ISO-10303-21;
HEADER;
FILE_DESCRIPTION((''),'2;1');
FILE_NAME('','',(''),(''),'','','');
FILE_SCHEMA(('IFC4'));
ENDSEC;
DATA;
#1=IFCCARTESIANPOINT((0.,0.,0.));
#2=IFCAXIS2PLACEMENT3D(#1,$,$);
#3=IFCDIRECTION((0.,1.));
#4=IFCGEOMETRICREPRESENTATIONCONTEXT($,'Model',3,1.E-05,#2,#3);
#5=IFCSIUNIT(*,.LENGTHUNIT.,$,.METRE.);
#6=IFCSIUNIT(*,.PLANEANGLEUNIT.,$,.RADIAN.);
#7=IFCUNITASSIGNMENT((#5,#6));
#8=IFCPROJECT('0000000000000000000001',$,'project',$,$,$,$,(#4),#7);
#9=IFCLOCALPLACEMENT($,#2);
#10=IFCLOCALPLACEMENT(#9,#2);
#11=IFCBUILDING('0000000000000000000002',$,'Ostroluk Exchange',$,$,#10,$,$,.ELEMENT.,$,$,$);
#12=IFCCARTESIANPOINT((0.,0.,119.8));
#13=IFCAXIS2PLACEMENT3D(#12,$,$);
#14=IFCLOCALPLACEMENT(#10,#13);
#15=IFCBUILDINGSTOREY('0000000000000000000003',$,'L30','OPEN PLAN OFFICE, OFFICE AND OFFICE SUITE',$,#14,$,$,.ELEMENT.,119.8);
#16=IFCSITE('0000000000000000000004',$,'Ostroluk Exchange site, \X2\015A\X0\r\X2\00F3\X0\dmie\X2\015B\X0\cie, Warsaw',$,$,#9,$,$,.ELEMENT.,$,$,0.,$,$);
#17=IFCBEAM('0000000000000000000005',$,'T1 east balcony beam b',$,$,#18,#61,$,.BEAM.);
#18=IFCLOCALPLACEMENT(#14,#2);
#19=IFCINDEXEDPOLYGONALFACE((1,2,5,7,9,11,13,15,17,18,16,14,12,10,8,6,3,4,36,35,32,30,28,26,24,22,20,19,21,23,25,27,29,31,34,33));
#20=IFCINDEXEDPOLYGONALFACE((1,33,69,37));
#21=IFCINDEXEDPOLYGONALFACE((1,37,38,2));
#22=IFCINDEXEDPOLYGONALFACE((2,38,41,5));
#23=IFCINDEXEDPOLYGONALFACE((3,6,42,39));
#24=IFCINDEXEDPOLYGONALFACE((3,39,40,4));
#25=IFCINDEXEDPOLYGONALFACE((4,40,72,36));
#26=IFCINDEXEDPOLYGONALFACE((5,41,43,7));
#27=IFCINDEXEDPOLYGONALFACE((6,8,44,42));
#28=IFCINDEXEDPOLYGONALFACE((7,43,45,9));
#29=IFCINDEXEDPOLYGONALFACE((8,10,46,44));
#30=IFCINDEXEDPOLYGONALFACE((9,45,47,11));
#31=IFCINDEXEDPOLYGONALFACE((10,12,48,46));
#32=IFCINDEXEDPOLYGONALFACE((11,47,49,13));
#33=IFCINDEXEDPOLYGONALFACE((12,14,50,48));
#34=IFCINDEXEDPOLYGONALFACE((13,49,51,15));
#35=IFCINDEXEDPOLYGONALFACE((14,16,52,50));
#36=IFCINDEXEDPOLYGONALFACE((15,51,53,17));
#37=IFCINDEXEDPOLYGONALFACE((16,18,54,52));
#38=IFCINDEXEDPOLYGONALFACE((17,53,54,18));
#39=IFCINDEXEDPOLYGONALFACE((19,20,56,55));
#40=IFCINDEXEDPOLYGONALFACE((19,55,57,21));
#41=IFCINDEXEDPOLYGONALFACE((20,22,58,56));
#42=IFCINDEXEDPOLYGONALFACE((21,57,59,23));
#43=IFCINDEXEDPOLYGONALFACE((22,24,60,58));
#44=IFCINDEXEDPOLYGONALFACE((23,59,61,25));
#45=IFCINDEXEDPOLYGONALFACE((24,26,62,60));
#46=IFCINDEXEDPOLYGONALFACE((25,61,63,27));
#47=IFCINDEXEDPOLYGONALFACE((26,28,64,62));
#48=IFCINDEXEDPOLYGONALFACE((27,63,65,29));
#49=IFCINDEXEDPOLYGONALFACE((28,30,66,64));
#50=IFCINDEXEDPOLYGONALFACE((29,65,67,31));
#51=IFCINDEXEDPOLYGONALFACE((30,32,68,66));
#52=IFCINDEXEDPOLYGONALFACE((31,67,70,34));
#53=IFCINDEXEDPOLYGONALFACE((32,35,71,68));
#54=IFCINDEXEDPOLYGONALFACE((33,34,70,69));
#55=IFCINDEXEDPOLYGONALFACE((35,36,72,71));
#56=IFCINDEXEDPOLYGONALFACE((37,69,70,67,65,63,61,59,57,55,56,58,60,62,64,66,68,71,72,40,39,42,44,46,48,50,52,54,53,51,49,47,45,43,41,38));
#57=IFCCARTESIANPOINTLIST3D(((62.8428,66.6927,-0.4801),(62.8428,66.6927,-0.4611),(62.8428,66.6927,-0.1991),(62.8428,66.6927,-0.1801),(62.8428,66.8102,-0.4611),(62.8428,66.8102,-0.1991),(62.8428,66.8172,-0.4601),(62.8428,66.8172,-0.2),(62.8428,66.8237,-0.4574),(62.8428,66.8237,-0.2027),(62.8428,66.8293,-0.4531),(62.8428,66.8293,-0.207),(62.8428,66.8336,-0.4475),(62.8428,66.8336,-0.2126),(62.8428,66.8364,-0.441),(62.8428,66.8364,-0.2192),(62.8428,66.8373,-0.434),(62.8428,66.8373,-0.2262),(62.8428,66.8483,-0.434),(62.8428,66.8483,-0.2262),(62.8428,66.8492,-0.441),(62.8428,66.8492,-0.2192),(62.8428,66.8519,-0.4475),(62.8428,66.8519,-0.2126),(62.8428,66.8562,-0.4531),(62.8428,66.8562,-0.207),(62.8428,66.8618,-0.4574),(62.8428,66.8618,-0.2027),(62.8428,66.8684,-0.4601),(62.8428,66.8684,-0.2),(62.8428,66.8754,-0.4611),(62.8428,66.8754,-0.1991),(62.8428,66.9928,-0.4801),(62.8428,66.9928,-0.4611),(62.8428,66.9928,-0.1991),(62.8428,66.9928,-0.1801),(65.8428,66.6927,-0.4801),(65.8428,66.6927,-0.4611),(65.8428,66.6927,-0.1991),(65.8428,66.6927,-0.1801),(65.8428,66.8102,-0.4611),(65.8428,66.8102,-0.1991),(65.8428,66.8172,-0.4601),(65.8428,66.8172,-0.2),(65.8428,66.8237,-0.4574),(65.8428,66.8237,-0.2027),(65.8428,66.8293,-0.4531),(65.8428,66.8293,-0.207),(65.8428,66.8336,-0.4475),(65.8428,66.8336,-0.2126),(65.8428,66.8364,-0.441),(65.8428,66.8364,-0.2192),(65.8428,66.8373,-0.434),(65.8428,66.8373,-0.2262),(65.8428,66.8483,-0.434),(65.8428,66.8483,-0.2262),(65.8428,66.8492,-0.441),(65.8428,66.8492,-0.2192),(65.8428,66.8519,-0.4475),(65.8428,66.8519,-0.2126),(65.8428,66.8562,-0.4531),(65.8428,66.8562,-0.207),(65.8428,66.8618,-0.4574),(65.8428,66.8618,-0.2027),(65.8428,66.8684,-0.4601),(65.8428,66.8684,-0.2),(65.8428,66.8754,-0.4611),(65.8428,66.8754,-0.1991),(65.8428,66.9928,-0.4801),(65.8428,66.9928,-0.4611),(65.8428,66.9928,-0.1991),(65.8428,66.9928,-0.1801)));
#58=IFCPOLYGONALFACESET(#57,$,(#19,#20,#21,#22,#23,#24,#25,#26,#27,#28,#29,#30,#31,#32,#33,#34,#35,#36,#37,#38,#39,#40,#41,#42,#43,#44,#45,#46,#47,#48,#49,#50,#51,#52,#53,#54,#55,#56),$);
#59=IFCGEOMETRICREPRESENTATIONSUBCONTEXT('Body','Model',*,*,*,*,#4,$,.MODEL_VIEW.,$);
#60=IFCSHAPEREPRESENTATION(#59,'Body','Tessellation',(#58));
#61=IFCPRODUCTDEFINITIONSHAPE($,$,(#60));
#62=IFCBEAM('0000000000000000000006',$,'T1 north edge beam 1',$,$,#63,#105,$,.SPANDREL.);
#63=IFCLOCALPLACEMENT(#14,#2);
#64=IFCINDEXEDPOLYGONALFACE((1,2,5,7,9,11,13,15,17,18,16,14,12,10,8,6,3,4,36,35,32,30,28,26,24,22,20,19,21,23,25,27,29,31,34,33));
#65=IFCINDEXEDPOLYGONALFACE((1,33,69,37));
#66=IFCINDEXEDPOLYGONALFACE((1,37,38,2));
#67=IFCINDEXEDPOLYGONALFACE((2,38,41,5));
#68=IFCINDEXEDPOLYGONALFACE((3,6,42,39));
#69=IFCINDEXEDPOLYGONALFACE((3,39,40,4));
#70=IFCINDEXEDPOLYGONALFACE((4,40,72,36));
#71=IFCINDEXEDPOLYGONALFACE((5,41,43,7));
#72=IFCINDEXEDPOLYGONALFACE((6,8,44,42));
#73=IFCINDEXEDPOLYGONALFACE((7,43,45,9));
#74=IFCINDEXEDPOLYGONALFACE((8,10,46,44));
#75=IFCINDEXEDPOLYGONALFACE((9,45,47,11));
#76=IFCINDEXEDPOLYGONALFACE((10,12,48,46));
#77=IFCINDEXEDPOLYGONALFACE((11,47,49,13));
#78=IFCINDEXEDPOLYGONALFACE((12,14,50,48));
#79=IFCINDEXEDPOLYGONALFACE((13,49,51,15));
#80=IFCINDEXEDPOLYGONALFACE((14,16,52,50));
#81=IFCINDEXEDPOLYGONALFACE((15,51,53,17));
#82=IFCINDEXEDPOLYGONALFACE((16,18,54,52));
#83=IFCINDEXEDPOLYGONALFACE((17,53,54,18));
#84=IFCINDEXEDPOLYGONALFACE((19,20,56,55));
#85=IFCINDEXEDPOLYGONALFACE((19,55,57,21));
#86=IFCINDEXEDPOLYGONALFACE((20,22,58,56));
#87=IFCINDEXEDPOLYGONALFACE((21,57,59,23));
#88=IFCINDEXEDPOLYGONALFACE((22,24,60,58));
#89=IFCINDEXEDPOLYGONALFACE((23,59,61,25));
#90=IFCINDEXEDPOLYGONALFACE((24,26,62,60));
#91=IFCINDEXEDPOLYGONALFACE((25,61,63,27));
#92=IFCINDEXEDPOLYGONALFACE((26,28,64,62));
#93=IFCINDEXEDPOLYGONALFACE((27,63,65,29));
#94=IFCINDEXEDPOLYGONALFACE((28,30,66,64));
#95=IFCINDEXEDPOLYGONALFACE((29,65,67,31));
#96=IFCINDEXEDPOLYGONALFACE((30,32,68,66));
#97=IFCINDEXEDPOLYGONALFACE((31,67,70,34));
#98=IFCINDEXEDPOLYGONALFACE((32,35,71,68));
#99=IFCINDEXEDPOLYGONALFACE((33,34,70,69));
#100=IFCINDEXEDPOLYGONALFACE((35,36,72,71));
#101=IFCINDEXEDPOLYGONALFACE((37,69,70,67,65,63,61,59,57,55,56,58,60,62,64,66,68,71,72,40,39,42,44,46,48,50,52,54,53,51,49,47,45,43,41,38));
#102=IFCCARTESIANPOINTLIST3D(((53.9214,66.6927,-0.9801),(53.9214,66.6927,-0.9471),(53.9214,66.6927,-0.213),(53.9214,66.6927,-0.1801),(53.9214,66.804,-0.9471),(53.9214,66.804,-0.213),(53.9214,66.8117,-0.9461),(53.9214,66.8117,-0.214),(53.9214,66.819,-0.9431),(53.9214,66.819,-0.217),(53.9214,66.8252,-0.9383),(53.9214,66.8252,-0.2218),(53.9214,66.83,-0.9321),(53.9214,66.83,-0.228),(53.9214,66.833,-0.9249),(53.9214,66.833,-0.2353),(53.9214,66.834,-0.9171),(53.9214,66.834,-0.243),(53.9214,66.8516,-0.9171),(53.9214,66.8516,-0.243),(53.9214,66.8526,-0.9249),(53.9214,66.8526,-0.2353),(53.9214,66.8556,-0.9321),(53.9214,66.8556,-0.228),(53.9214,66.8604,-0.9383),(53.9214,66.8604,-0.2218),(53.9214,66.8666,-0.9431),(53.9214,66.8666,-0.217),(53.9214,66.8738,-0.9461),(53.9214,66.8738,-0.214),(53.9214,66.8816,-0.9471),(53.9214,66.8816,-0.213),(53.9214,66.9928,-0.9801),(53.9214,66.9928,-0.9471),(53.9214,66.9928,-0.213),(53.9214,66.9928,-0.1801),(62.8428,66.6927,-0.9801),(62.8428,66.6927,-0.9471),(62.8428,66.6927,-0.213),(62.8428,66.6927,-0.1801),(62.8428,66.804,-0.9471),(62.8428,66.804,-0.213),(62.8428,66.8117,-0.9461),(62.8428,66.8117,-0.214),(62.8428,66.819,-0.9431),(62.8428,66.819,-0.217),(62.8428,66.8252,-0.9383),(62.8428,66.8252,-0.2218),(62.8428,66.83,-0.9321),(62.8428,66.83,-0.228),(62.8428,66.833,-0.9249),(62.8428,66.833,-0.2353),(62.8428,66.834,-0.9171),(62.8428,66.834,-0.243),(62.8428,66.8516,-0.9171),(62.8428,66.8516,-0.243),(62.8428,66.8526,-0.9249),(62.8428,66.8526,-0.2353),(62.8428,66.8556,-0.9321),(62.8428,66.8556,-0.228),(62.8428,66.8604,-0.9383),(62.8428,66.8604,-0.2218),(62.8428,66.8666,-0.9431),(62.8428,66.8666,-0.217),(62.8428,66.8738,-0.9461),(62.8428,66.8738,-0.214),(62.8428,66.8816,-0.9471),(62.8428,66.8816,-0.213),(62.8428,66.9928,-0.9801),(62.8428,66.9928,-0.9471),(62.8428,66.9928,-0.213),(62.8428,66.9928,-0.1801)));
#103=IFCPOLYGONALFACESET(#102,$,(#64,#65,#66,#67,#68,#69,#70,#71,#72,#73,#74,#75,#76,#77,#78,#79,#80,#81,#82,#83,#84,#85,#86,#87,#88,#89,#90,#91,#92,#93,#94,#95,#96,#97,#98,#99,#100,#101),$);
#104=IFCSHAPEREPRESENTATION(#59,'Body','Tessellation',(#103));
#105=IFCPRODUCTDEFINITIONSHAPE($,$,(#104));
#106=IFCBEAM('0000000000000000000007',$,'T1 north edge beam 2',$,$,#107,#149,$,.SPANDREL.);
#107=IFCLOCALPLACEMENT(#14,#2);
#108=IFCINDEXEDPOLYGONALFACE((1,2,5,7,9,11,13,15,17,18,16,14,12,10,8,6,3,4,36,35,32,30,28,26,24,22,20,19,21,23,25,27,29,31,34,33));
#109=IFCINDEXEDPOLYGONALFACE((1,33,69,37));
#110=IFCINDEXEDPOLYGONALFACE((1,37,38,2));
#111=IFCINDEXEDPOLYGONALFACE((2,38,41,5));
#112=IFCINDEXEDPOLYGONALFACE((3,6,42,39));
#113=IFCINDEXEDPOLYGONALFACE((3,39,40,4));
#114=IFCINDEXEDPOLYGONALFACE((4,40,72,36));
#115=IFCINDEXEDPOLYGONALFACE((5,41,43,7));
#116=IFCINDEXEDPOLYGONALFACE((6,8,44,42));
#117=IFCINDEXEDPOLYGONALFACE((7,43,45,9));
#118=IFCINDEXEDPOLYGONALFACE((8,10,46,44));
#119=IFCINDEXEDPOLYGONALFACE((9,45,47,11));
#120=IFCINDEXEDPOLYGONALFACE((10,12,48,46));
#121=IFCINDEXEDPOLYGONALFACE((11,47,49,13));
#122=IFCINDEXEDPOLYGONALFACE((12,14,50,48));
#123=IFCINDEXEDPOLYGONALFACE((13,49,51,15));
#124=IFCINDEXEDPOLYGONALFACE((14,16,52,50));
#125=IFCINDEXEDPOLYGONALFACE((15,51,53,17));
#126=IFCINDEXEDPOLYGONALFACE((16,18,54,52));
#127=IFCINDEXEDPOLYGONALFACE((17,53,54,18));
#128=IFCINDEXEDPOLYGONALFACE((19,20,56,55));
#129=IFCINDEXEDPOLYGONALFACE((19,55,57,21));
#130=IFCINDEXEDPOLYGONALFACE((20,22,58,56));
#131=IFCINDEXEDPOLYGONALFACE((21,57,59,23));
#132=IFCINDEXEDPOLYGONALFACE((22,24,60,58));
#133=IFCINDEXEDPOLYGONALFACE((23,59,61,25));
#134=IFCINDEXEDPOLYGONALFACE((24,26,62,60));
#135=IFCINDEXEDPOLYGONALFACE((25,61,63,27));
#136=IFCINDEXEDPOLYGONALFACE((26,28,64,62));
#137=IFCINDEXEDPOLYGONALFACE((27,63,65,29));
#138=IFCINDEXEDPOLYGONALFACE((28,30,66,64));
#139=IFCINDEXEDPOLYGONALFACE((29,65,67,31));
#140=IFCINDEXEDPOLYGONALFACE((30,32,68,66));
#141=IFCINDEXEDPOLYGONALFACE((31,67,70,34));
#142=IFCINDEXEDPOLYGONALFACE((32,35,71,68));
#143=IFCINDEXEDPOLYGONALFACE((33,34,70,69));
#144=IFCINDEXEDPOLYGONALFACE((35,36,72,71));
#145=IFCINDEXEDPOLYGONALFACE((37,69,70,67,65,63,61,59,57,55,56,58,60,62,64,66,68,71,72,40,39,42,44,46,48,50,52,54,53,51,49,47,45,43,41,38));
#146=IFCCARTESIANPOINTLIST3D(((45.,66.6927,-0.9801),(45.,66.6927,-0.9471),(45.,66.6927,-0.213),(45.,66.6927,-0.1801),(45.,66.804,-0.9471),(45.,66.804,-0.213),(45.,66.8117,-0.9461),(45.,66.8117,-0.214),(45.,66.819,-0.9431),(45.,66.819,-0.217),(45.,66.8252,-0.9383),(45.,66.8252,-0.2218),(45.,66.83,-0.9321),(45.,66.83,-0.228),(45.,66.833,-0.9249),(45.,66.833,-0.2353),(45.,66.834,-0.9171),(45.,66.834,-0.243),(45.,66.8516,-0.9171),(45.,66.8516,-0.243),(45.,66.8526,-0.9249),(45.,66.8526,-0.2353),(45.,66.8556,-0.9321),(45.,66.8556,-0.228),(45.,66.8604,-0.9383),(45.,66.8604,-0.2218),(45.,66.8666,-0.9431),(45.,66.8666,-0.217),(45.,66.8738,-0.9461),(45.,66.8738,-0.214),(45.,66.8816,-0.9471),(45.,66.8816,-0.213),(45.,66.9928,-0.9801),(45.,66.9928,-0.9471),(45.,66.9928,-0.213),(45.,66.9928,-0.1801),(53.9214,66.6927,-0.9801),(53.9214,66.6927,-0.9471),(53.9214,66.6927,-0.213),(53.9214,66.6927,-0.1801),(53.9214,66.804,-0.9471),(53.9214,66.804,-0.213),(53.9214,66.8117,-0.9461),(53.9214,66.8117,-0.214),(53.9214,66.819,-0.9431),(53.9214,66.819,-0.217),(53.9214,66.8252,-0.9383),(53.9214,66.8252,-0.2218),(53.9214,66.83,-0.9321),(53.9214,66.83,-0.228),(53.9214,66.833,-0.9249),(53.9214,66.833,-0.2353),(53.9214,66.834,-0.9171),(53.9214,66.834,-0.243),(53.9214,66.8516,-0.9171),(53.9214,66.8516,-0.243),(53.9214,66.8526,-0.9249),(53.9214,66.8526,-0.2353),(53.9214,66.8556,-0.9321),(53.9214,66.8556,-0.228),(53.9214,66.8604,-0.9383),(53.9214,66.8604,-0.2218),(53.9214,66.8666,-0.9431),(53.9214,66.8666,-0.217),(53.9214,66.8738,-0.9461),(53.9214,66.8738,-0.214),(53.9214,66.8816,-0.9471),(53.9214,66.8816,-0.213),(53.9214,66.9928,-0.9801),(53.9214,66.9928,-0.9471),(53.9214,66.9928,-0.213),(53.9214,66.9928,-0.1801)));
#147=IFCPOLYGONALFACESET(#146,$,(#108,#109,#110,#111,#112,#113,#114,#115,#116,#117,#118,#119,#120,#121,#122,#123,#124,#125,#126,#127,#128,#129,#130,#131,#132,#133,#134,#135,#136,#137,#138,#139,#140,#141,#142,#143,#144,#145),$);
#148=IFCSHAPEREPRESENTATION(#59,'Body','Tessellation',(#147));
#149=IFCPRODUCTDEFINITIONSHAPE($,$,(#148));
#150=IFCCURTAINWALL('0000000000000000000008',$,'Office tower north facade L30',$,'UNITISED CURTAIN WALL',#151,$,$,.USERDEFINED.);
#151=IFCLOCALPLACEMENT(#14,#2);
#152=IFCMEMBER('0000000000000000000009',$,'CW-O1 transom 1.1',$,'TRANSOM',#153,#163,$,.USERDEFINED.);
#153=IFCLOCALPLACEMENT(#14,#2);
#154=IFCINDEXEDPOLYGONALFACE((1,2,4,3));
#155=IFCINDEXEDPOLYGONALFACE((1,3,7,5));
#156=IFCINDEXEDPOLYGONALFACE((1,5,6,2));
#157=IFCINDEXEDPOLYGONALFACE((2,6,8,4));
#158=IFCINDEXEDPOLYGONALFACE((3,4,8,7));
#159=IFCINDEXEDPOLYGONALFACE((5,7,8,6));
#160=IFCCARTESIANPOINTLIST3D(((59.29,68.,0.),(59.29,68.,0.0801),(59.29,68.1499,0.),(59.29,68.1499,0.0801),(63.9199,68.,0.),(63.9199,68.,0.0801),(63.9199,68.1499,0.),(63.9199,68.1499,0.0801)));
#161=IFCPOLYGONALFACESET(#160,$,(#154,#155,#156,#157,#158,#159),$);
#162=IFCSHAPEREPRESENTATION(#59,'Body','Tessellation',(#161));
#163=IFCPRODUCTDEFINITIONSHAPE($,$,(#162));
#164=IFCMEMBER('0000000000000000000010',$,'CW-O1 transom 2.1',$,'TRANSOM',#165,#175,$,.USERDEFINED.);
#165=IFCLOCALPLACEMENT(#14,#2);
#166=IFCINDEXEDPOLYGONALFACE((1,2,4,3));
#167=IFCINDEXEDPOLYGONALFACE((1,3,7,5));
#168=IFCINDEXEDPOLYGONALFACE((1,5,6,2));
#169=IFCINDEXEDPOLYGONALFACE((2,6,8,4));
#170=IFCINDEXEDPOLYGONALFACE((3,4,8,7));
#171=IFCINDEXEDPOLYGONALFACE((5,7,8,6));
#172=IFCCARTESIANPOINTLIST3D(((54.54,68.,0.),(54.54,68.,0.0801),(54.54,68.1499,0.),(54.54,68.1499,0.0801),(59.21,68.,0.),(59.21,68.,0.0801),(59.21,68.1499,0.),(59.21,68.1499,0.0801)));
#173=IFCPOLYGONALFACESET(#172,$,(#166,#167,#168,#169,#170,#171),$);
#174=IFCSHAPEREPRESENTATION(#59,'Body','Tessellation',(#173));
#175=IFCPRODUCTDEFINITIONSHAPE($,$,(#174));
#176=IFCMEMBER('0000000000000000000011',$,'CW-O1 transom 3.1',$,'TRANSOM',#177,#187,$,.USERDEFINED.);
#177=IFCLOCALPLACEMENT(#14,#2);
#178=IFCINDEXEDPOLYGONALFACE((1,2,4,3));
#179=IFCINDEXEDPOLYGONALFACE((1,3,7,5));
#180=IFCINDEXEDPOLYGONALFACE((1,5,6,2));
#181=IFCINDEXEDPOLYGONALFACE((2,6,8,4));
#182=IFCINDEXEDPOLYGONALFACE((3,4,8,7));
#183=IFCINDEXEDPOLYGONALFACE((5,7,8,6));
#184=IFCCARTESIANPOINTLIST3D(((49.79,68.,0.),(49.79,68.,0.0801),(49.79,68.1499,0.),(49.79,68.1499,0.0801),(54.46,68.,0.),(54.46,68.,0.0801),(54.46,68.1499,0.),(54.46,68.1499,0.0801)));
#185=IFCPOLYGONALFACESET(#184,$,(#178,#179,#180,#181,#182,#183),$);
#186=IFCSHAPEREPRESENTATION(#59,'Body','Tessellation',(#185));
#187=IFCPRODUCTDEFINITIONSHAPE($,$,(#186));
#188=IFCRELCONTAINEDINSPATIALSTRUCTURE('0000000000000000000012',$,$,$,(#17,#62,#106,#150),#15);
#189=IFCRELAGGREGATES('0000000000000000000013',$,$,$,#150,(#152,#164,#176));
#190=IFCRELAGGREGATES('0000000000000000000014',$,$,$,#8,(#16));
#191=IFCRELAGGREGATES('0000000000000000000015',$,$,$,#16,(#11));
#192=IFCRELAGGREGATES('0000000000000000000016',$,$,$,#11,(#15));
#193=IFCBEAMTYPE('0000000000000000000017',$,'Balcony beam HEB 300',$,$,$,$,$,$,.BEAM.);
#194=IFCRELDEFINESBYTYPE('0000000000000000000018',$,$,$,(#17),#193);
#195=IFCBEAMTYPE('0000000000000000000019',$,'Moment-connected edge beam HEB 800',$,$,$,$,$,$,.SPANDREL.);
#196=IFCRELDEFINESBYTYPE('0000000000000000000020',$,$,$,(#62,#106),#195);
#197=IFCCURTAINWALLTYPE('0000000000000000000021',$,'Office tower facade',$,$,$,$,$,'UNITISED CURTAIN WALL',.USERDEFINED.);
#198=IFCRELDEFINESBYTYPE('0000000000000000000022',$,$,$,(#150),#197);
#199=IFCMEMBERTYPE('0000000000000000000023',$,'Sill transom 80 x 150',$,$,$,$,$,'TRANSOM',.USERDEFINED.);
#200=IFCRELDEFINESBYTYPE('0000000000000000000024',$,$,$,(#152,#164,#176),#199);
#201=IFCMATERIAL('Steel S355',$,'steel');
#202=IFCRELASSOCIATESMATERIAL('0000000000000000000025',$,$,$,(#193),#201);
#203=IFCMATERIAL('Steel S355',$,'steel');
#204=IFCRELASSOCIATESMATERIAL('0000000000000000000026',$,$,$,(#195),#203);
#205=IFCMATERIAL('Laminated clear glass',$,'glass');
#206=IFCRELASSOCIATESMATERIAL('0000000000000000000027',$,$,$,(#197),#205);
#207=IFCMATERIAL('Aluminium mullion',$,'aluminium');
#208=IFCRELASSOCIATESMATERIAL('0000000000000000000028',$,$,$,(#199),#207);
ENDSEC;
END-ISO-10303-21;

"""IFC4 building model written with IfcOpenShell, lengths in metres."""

from ifc_helpers import new_model, si_unit, direction, frame, origin, origin_2d, place, context, subcontext, project, spatial, rectangle, i_section, extrude, material, material_profile, profile_set, type_object, element, aggregate, save


model = new_model("IFC4")

# Units and contexts
model_context = context("Model", 3, precision=1e-05, world=origin(), true_north=direction((0.0, 1.0)))
body_context = subcontext(model_context, "Body", "Model", "MODEL_VIEW")
ifc_project = project(units=[si_unit("LENGTHUNIT", "METRE"), si_unit("PLANEANGLEUNIT", "RADIAN")], contexts=[model_context])

# Site, building, storey
site_placement = place(None, origin())
site = spatial("IfcSite", under=ifc_project, at=site_placement, Name="Ostroluk Exchange site, Śródmieście, Warsaw", CompositionType="ELEMENT", RefElevation=0.0)
building_placement = place(site_placement, origin())
building = spatial("IfcBuilding", under=site, at=building_placement, Name="Ostroluk Exchange", CompositionType="ELEMENT")
storey_placement = place(building_placement, frame((0.0, 0.0, 119.8)))
storey = spatial("IfcBuildingStorey", under=building, at=storey_placement, Name="L30", Description="OPEN PLAN OFFICE, OFFICE AND OFFICE SUITE", CompositionType="ELEMENT", Elevation=119.8)

# Beams
ifc_material_1 = material(Name="Steel S355", Category="steel")
ifc_material_profile_1 = material_profile(ifc_material_1, i_section(OverallWidth=0.3, OverallDepth=0.3, WebThickness=0.011, FlangeThickness=0.019, FilletRadius=0.0271, at=origin_2d()), Name="HEB 300")
ifc_profile_set_1 = profile_set([ifc_material_profile_1], Name="Steel S355")
beam_type_1 = type_object("IfcBeamType", Name="Balcony beam HEB 300", PredefinedType="BEAM", material=ifc_profile_set_1)
beam_placement = place(storey_placement, frame((62.8428, 66.8428, -0.3301), z_axis=(1.0, 0.0, 0.0), x_axis=(0.0, 1.0, 0.0)))
element("IfcBeam", 1, at=beam_placement, inside=storey, type_object=beam_type_1, Name="T1 east balcony beam b", PredefinedType="BEAM", context=body_context, shape_type="SweptSolid", body=[
    extrude(i_section(OverallWidth=0.3, OverallDepth=0.3, WebThickness=0.011, FlangeThickness=0.019, FilletRadius=0.0271, at=origin_2d()), origin(), (0.0, 0.0, 1.0), 3.0),
])
ifc_material_2 = material(Name="Steel S355", Category="steel")
ifc_material_profile_2 = material_profile(ifc_material_2, i_section(OverallWidth=0.3, OverallDepth=0.8, WebThickness=0.0176, FlangeThickness=0.033, FilletRadius=0.03, at=origin_2d()), Name="HEB 800")
ifc_profile_set_2 = profile_set([ifc_material_profile_2], Name="Steel S355")
beam_type_2 = type_object("IfcBeamType", Name="Moment-connected edge beam HEB 800", PredefinedType="SPANDREL", material=ifc_profile_set_2)
for number, where, z_axis, x_axis, name in (
    (2, (62.8428, 66.8428, -0.5801), (-1.0, 0.0, 0.0), (0.0, -1.0, 0.0), "T1 north edge beam 1"),
    (3, (53.9214, 66.8428, -0.5801), (-1.0, 0.0, 0.0), (0.0, -1.0, 0.0), "T1 north edge beam 2"),
):
    element("IfcBeam", number, at=place(storey_placement, frame(where, z_axis=z_axis, x_axis=x_axis)), inside=storey, type_object=beam_type_2, Name=name, PredefinedType="SPANDREL", context=body_context, shape_type="SweptSolid", body=[
        extrude(i_section(OverallWidth=0.3, OverallDepth=0.8, WebThickness=0.0176, FlangeThickness=0.033, FilletRadius=0.03, at=origin_2d()), origin(), (0.0, 0.0, 1.0), 8.9214),
    ])

# Curtain wall, members
ifc_material_3 = material(Name="Laminated clear glass", Category="glass")
curtain_wall_type = type_object("IfcCurtainWallType", Name="Office tower facade", ElementType="UNITISED CURTAIN WALL", PredefinedType="USERDEFINED", material=ifc_material_3)
curtain_wall_placement = place(storey_placement, origin())
curtain_wall = element("IfcCurtainWall", 4, at=curtain_wall_placement, inside=storey, type_object=curtain_wall_type, Name="Office tower north facade L30", ObjectType="UNITISED CURTAIN WALL", PredefinedType="USERDEFINED")
ifc_material_4 = material(Name="Aluminium mullion", Category="aluminium")
ifc_material_profile_3 = material_profile(ifc_material_4, rectangle(XDim=0.1499, YDim=0.0801, at=origin_2d()), Name="Sill transom 80 x 150")
ifc_profile_set_3 = profile_set([ifc_material_profile_3], Name="Aluminium mullion")
member_type_1 = type_object("IfcMemberType", Name="Sill transom 80 x 150", ElementType="TRANSOM", PredefinedType="USERDEFINED", material=ifc_profile_set_3)
member_1_placement = place(storey_placement, frame((63.9199, 68.075, 0.04), z_axis=(-1.0, 0.0, 0.0), x_axis=(0.0, -1.0, 0.0)))
member_1 = element("IfcMember", 5, at=member_1_placement, type_object=member_type_1, Name="CW-O1 transom 1.1", ObjectType="TRANSOM", PredefinedType="USERDEFINED", context=body_context, shape_type="SweptSolid", body=[
    extrude(rectangle(XDim=0.1499, YDim=0.0801, at=origin_2d()), origin(), (0.0, 0.0, 1.0), 4.6299),
])
member_2_placement = place(storey_placement, frame((59.21, 68.075, 0.04), z_axis=(-1.0, 0.0, 0.0), x_axis=(0.0, -1.0, 0.0)))
member_2 = element("IfcMember", 6, at=member_2_placement, type_object=member_type_1, Name="CW-O1 transom 2.1", ObjectType="TRANSOM", PredefinedType="USERDEFINED", context=body_context, shape_type="SweptSolid", body=[
    extrude(rectangle(XDim=0.1499, YDim=0.0801, at=origin_2d()), origin(), (0.0, 0.0, 1.0), 4.6699),
])
member_3_placement = place(storey_placement, frame((54.46, 68.075, 0.04), z_axis=(-1.0, 0.0, 0.0), x_axis=(0.0, -1.0, 0.0)))
member_3 = element("IfcMember", 7, at=member_3_placement, type_object=member_type_1, Name="CW-O1 transom 3.1", ObjectType="TRANSOM", PredefinedType="USERDEFINED", context=body_context, shape_type="SweptSolid", body=[
    extrude(rectangle(XDim=0.1499, YDim=0.0801, at=origin_2d()), origin(), (0.0, 0.0, 1.0), 4.6699),
])

aggregate(curtain_wall, [member_1, member_2, member_3])

save(model, "model.ifc")
